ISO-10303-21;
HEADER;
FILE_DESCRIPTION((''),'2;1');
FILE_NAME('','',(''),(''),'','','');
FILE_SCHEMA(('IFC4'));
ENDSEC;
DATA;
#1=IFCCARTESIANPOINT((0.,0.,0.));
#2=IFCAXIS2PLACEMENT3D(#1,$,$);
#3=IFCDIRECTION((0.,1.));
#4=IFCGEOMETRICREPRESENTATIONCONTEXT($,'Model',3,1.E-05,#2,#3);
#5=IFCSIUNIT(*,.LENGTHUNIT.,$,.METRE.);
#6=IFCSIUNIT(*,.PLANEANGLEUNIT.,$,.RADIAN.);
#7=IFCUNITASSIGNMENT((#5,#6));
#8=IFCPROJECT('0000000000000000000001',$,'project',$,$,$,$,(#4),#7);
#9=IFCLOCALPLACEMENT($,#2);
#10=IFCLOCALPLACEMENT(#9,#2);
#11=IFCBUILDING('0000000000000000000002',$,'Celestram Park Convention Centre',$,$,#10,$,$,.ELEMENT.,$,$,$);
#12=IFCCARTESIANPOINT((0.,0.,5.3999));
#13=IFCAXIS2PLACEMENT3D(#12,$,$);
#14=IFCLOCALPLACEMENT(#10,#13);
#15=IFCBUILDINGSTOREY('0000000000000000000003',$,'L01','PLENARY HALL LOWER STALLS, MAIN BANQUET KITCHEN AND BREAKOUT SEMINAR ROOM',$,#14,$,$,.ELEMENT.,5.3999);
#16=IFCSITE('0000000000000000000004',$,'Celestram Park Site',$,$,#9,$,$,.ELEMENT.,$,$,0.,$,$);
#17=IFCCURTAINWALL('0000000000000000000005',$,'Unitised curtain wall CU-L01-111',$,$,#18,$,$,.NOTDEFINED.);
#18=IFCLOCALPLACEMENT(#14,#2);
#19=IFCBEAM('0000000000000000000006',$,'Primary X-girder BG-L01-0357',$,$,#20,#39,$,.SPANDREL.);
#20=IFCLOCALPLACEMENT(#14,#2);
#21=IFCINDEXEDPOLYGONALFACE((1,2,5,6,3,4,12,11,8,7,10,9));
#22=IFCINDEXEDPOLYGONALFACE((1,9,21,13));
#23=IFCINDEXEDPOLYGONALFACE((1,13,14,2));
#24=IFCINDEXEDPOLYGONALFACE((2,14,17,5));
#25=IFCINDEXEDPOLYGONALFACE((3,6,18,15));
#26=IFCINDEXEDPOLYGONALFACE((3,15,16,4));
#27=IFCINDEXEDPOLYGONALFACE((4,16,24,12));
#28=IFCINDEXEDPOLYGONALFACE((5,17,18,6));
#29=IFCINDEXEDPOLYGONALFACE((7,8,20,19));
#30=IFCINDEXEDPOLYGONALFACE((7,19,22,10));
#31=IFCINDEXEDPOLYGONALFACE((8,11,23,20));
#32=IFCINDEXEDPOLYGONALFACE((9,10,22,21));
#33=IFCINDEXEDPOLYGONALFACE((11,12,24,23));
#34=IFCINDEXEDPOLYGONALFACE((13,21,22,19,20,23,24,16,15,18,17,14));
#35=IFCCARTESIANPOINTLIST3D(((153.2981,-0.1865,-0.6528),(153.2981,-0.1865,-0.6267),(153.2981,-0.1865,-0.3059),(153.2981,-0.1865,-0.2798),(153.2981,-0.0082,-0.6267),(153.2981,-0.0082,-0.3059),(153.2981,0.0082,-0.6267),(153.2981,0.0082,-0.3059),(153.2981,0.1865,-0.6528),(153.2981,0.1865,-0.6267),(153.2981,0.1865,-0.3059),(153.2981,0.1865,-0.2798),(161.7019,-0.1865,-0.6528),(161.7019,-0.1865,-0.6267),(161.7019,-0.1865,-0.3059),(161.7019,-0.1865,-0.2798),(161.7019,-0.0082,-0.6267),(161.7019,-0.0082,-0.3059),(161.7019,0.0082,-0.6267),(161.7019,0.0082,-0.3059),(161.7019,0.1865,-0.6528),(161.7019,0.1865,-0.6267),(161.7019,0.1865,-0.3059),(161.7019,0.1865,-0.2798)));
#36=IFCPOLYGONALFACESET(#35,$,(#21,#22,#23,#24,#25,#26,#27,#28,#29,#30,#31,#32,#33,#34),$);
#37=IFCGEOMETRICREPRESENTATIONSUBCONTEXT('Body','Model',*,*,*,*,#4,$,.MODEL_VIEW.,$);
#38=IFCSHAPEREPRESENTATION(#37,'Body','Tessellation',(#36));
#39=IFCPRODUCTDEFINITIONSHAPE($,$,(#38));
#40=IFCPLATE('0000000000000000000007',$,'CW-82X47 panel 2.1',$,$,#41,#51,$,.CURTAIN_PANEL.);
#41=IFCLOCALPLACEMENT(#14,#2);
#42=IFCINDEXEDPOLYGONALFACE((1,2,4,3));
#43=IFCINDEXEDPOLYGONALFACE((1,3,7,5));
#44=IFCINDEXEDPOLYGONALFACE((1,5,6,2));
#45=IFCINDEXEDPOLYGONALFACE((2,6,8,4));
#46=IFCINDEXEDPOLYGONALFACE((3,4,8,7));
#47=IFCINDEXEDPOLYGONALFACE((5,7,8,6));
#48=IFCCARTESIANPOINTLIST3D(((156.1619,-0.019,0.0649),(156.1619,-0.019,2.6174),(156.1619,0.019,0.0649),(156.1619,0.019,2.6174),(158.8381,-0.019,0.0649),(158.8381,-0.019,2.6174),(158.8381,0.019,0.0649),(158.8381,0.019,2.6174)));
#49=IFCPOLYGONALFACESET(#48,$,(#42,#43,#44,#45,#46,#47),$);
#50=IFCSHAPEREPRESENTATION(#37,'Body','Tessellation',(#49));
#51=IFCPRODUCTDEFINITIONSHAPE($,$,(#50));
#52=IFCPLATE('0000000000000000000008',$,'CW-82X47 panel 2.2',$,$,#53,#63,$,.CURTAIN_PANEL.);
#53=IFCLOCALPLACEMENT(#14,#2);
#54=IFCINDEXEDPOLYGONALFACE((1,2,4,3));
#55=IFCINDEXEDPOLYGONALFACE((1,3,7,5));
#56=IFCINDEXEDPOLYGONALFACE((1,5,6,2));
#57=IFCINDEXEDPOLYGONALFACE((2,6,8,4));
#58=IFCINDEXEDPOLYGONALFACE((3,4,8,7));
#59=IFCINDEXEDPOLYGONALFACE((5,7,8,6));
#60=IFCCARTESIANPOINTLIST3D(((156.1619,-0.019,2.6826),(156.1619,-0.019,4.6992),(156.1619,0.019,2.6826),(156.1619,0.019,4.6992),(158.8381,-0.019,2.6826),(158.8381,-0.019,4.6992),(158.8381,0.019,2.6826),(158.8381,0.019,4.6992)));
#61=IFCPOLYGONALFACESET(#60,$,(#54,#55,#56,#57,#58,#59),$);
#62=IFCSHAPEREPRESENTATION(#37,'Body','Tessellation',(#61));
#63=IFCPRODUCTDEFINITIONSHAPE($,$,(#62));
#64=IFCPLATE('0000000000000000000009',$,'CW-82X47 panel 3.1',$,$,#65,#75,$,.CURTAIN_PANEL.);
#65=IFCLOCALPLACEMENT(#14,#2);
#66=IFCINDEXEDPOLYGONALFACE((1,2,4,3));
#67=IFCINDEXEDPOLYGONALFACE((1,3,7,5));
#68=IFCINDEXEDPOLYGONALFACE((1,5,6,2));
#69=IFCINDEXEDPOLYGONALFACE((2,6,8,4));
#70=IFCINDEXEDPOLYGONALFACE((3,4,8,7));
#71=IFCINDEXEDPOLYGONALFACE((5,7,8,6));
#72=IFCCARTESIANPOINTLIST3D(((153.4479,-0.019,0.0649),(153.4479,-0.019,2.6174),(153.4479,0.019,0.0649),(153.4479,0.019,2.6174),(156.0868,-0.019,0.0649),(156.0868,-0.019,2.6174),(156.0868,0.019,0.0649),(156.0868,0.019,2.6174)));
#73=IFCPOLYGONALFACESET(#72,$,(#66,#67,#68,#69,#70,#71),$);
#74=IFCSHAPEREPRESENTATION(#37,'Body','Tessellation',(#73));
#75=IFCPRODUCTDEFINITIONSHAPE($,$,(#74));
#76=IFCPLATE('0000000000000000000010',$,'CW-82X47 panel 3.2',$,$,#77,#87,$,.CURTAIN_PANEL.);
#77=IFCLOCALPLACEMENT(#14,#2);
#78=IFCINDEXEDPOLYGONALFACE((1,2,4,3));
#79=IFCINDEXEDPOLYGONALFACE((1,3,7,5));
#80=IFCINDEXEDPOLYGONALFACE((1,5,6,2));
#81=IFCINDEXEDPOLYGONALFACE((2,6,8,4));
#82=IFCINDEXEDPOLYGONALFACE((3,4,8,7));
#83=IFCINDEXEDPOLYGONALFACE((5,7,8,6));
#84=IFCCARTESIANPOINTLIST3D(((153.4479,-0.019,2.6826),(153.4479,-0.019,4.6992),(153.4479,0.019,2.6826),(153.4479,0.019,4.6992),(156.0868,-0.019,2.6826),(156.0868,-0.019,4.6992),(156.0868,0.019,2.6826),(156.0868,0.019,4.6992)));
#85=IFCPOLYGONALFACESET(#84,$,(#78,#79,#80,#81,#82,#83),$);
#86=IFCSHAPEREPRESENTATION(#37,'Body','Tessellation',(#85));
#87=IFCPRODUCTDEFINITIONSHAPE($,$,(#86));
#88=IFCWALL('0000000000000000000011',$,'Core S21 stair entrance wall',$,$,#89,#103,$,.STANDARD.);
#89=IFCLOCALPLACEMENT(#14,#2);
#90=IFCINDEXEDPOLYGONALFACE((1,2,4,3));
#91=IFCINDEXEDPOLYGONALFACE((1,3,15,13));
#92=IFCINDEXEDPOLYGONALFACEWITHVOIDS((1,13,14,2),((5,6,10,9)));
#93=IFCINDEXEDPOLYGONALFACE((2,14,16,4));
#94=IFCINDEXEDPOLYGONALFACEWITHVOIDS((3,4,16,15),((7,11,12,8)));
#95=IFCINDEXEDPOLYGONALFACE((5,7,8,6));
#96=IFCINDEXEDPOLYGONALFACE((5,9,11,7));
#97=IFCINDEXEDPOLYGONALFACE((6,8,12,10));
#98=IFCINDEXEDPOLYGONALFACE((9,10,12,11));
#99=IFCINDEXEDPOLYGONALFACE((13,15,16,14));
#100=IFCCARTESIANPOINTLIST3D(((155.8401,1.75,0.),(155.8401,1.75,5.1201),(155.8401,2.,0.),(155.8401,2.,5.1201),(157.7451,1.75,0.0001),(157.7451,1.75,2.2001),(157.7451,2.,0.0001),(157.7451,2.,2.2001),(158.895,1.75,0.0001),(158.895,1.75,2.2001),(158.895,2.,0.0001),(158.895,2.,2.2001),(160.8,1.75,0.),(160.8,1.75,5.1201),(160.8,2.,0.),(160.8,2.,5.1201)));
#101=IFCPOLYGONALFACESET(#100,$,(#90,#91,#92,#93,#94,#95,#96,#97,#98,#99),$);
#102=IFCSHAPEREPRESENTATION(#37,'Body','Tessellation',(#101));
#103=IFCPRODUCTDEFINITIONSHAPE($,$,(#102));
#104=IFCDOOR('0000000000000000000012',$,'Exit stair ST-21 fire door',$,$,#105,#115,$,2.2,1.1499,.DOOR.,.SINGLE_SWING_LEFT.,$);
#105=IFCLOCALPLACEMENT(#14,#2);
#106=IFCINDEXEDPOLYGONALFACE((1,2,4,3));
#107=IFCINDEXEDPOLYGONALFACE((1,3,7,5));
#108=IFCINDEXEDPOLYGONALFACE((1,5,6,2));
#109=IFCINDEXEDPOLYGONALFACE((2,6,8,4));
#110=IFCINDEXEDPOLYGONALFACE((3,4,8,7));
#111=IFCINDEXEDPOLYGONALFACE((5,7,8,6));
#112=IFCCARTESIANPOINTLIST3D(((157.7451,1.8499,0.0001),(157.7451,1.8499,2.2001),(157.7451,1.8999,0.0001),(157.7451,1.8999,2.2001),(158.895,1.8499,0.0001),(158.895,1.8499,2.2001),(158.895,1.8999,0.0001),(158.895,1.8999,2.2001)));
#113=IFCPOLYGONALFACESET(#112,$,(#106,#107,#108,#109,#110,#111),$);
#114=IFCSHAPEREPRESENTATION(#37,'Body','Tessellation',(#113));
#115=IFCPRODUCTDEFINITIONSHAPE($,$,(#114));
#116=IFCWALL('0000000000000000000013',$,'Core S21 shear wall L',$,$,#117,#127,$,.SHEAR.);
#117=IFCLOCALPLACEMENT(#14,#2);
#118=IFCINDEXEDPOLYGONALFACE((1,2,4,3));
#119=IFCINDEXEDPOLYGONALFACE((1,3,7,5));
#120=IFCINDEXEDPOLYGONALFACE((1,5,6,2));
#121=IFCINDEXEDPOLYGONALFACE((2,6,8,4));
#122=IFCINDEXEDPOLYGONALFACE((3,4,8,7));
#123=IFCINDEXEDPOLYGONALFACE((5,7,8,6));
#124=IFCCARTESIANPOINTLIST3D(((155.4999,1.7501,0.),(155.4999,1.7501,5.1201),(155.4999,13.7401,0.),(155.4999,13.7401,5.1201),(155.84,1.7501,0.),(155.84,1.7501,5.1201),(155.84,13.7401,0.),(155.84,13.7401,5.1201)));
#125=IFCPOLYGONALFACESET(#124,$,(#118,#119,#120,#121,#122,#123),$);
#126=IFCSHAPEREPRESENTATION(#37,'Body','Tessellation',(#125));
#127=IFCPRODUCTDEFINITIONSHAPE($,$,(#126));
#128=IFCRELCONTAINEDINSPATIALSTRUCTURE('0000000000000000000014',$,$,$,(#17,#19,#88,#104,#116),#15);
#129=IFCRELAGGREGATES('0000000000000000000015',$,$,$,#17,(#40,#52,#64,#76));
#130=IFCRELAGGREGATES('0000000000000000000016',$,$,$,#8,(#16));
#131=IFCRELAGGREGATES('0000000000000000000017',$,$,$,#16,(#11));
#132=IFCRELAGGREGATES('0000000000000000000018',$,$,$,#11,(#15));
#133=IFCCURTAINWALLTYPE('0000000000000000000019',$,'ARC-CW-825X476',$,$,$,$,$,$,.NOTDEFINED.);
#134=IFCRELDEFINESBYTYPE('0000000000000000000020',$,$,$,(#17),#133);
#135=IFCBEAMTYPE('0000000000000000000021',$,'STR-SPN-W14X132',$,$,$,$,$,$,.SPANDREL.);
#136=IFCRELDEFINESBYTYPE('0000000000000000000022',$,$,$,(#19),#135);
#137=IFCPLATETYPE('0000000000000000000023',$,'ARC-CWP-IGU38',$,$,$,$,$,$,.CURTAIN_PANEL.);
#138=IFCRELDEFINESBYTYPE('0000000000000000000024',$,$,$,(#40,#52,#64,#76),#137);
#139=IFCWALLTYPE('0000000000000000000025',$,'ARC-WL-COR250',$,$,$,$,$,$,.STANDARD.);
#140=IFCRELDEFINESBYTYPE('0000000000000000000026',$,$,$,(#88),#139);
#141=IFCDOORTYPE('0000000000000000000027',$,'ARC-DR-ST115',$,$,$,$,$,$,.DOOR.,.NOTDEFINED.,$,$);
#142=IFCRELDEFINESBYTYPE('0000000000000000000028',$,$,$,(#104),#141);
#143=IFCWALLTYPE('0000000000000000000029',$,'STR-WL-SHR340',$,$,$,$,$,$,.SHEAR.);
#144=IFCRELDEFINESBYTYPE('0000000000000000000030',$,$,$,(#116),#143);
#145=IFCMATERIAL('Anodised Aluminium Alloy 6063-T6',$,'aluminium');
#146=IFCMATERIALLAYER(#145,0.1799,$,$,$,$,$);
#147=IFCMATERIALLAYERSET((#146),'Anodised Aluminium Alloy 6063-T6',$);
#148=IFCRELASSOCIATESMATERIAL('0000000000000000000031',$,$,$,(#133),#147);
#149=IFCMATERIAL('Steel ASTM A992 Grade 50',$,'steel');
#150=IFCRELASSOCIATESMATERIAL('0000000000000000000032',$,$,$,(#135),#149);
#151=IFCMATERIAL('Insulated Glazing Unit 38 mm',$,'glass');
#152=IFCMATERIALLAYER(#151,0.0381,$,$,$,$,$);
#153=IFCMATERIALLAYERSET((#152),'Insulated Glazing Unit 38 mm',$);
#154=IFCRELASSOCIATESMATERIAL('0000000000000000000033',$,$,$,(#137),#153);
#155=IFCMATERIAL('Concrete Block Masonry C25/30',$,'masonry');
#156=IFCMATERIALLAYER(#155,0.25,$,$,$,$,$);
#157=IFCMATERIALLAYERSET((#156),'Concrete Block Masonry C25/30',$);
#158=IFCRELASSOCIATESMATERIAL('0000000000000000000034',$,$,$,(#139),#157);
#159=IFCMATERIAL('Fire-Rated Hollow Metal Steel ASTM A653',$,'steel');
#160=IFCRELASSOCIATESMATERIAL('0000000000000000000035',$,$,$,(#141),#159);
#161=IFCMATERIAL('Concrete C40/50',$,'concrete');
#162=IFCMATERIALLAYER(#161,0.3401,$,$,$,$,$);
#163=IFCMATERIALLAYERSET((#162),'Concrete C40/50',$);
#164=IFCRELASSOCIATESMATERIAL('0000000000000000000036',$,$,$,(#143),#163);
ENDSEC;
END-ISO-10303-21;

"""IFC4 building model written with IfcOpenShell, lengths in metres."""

from ifc_helpers import new_model, si_unit, direction, frame, frame_2d, origin, origin_2d, place, context, subcontext, project, spatial, rectangle, i_section, extrude, material, layer, layer_set, material_profile, profile_set, type_object, element, fill, aggregate, save


model = new_model("IFC4")

# Units and contexts
model_context = context("Model", 3, precision=1e-05, world=origin(), true_north=direction((0.0, 1.0)))
body_context = subcontext(model_context, "Body", "Model", "MODEL_VIEW")
ifc_project = project(units=[si_unit("LENGTHUNIT", "METRE"), si_unit("PLANEANGLEUNIT", "RADIAN")], contexts=[model_context])

# Site, building, storey
site_placement = place(None, origin())
site = spatial("IfcSite", under=ifc_project, at=site_placement, Name="Celestram Park Site", CompositionType="ELEMENT", RefElevation=0.0)
building_placement = place(site_placement, origin())
building = spatial("IfcBuilding", under=site, at=building_placement, Name="Celestram Park Convention Centre", CompositionType="ELEMENT")
storey_placement = place(building_placement, frame((0.0, 0.0, 5.3999)))
storey = spatial("IfcBuildingStorey", under=building, at=storey_placement, Name="L01", Description="PLENARY HALL LOWER STALLS, MAIN BANQUET KITCHEN AND BREAKOUT SEMINAR ROOM", CompositionType="ELEMENT", Elevation=5.3999)

# Curtain wall
ifc_material_1 = material(Name="Anodised Aluminium Alloy 6063-T6", Category="aluminium")
ifc_layer_1 = layer(ifc_material_1, 0.1799)
ifc_layer_set_1 = layer_set([ifc_layer_1], Name="Anodised Aluminium Alloy 6063-T6")
curtain_wall_type = type_object("IfcCurtainWallType", Name="ARC-CW-825X476", PredefinedType="NOTDEFINED", material=ifc_layer_set_1)
curtain_wall_placement = place(storey_placement, origin())
curtain_wall = element("IfcCurtainWall", 1, at=curtain_wall_placement, inside=storey, type_object=curtain_wall_type, Name="Unitised curtain wall CU-L01-111", PredefinedType="NOTDEFINED")

# Beam
ifc_material_2 = material(Name="Steel ASTM A992 Grade 50", Category="steel")
ifc_material_profile_1 = material_profile(ifc_material_2, i_section(OverallWidth=0.373, OverallDepth=0.373, WebThickness=0.0164, FlangeThickness=0.0261, at=origin_2d()), Name="W14X132")
ifc_profile_set_1 = profile_set([ifc_material_profile_1], Name="Steel ASTM A992 Grade 50")
beam_type_1 = type_object("IfcBeamType", Name="STR-SPN-W14X132", PredefinedType="SPANDREL", material=ifc_profile_set_1)
beam_1_placement = place(storey_placement, frame((153.2981, 0.0, -0.4663), z_axis=(1.0, 0.0, 0.0), x_axis=(0.0, 1.0, 0.0)))
element("IfcBeam", 2, at=beam_1_placement, inside=storey, type_object=beam_type_1, Name="Primary X-girder BG-L01-0357", PredefinedType="SPANDREL", context=body_context, shape_type="SweptSolid", body=[
    extrude(i_section(OverallWidth=0.373, OverallDepth=0.373, WebThickness=0.0164, FlangeThickness=0.0261, at=origin_2d()), origin(), (0.0, 0.0, 1.0), 8.4038),
])

# Plates
ifc_material_3 = material(Name="Insulated Glazing Unit 38 mm", Category="glass")
ifc_layer_2 = layer(ifc_material_3, 0.0381)
ifc_layer_set_2 = layer_set([ifc_layer_2], Name="Insulated Glazing Unit 38 mm")
plate_type = type_object("IfcPlateType", Name="ARC-CWP-IGU38", PredefinedType="CURTAIN_PANEL", material=ifc_layer_set_2)
plate_1_placement = place(storey_placement, frame((157.5, 0.0, 0.0649), z_axis=(0.0, 0.0, 1.0), x_axis=(-1.0, 0.0, 0.0)))
plate_1 = element("IfcPlate", 3, at=plate_1_placement, type_object=plate_type, Name="CW-82X47 panel 2.1", PredefinedType="CURTAIN_PANEL", context=body_context, shape_type="SweptSolid", body=[
    extrude(rectangle(XDim=2.6763, YDim=0.0381, at=origin_2d()), origin(), (0.0, 0.0, 1.0), 2.5525),
])
plate_2_placement = place(storey_placement, frame((157.5, 0.0, 2.6826), z_axis=(0.0, 0.0, 1.0), x_axis=(-1.0, 0.0, 0.0)))
plate_2 = element("IfcPlate", 4, at=plate_2_placement, type_object=plate_type, Name="CW-82X47 panel 2.2", PredefinedType="CURTAIN_PANEL", context=body_context, shape_type="SweptSolid", body=[
    extrude(rectangle(XDim=2.6763, YDim=0.0381, at=origin_2d()), origin(), (0.0, 0.0, 1.0), 2.0166),
])
plate_3_placement = place(storey_placement, frame((154.7673, 0.0, 0.0649), z_axis=(0.0, 0.0, 1.0), x_axis=(-1.0, 0.0, 0.0)))
plate_3 = element("IfcPlate", 5, at=plate_3_placement, type_object=plate_type, Name="CW-82X47 panel 3.1", PredefinedType="CURTAIN_PANEL", context=body_context, shape_type="SweptSolid", body=[
    extrude(rectangle(XDim=2.6389, YDim=0.0381, at=origin_2d()), origin(), (0.0, 0.0, 1.0), 2.5525),
])
plate_4_placement = place(storey_placement, frame((154.7673, 0.0, 2.6826), z_axis=(0.0, 0.0, 1.0), x_axis=(-1.0, 0.0, 0.0)))
plate_4 = element("IfcPlate", 6, at=plate_4_placement, type_object=plate_type, Name="CW-82X47 panel 3.2", PredefinedType="CURTAIN_PANEL", context=body_context, shape_type="SweptSolid", body=[
    extrude(rectangle(XDim=2.6389, YDim=0.0381, at=origin_2d()), origin(), (0.0, 0.0, 1.0), 2.0166),
])
aggregate(curtain_wall, [plate_1, plate_2, plate_3, plate_4])

# Wall, opening, door
ifc_material_4 = material(Name="Concrete Block Masonry C25/30", Category="masonry")
ifc_layer_3 = layer(ifc_material_4, 0.25)
ifc_layer_set_3 = layer_set([ifc_layer_3], Name="Concrete Block Masonry C25/30")
wall_type_1 = type_object("IfcWallType", Name="ARC-WL-COR250", PredefinedType="STANDARD", material=ifc_layer_set_3)
wall_1_placement = place(storey_placement, frame((155.8401, 1.875, 0.0), z_axis=(0.0, 0.0, 1.0), x_axis=(1.0, 0.0, 0.0)))
wall_1 = element("IfcWall", 7, at=wall_1_placement, inside=storey, type_object=wall_type_1, Name="Core S21 stair entrance wall", PredefinedType="STANDARD", context=body_context, shape_type="SweptSolid", body=[
    extrude(rectangle(XDim=4.96, YDim=0.25, at=frame_2d((2.48, 0.0))), origin(), (0.0, 0.0, 1.0), 5.1201),
])
opening_placement = place(wall_1_placement, frame((1.905, 0.0, 0.0)))
opening = element("IfcOpeningElement", 8, at=opening_placement, cuts=wall_1, PredefinedType="OPENING", context=body_context, shape_type="SweptSolid", body=[
    extrude(rectangle(XDim=1.1499, YDim=2.2, at=frame_2d((0.575, 1.1001))), frame((0.0, 0.135, 0.0), z_axis=(0.0, -1.0, 0.0), x_axis=(1.0, 0.0, 0.0)), (0.0, 0.0, 1.0), 0.27),
])
ifc_material_5 = material(Name="Fire-Rated Hollow Metal Steel ASTM A653", Category="steel")
door_type = type_object("IfcDoorType", Name="ARC-DR-ST115", OperationType="NOTDEFINED", PredefinedType="DOOR", material=ifc_material_5)
door_placement = place(opening_placement, origin())
door = element("IfcDoor", 9, at=door_placement, inside=storey, type_object=door_type, Name="Exit stair ST-21 fire door", OperationType="SINGLE_SWING_LEFT", OverallHeight=2.2, OverallWidth=1.1499, PredefinedType="DOOR", context=body_context, shape_type="SweptSolid", body=[
    extrude(rectangle(XDim=1.1499, YDim=2.2, at=frame_2d((0.575, 1.1001))), frame((0.0, 0.0249, 0.0), z_axis=(0.0, -1.0, 0.0), x_axis=(1.0, 0.0, 0.0)), (0.0, 0.0, 1.0), 0.05),
])
fill(opening, door)

# Wall
ifc_material_6 = material(Name="Concrete C40/50", Category="concrete")
ifc_layer_4 = layer(ifc_material_6, 0.3401)
ifc_layer_set_4 = layer_set([ifc_layer_4], Name="Concrete C40/50")
wall_type_2 = type_object("IfcWallType", Name="STR-WL-SHR340", PredefinedType="SHEAR", material=ifc_layer_set_4)
wall_2_placement = place(storey_placement, frame((155.6699, 1.75, 0.0), z_axis=(0.0, 0.0, 1.0), x_axis=(0.0, 1.0, 0.0)))
element("IfcWall", 10, at=wall_2_placement, inside=storey, type_object=wall_type_2, Name="Core S21 shear wall L", PredefinedType="SHEAR", context=body_context, shape_type="SweptSolid", body=[
    extrude(rectangle(XDim=11.99, YDim=0.3401, at=frame_2d((5.9951, 0.0))), origin(), (0.0, 0.0, 1.0), 5.1201),
])

save(model, "model.ifc")
